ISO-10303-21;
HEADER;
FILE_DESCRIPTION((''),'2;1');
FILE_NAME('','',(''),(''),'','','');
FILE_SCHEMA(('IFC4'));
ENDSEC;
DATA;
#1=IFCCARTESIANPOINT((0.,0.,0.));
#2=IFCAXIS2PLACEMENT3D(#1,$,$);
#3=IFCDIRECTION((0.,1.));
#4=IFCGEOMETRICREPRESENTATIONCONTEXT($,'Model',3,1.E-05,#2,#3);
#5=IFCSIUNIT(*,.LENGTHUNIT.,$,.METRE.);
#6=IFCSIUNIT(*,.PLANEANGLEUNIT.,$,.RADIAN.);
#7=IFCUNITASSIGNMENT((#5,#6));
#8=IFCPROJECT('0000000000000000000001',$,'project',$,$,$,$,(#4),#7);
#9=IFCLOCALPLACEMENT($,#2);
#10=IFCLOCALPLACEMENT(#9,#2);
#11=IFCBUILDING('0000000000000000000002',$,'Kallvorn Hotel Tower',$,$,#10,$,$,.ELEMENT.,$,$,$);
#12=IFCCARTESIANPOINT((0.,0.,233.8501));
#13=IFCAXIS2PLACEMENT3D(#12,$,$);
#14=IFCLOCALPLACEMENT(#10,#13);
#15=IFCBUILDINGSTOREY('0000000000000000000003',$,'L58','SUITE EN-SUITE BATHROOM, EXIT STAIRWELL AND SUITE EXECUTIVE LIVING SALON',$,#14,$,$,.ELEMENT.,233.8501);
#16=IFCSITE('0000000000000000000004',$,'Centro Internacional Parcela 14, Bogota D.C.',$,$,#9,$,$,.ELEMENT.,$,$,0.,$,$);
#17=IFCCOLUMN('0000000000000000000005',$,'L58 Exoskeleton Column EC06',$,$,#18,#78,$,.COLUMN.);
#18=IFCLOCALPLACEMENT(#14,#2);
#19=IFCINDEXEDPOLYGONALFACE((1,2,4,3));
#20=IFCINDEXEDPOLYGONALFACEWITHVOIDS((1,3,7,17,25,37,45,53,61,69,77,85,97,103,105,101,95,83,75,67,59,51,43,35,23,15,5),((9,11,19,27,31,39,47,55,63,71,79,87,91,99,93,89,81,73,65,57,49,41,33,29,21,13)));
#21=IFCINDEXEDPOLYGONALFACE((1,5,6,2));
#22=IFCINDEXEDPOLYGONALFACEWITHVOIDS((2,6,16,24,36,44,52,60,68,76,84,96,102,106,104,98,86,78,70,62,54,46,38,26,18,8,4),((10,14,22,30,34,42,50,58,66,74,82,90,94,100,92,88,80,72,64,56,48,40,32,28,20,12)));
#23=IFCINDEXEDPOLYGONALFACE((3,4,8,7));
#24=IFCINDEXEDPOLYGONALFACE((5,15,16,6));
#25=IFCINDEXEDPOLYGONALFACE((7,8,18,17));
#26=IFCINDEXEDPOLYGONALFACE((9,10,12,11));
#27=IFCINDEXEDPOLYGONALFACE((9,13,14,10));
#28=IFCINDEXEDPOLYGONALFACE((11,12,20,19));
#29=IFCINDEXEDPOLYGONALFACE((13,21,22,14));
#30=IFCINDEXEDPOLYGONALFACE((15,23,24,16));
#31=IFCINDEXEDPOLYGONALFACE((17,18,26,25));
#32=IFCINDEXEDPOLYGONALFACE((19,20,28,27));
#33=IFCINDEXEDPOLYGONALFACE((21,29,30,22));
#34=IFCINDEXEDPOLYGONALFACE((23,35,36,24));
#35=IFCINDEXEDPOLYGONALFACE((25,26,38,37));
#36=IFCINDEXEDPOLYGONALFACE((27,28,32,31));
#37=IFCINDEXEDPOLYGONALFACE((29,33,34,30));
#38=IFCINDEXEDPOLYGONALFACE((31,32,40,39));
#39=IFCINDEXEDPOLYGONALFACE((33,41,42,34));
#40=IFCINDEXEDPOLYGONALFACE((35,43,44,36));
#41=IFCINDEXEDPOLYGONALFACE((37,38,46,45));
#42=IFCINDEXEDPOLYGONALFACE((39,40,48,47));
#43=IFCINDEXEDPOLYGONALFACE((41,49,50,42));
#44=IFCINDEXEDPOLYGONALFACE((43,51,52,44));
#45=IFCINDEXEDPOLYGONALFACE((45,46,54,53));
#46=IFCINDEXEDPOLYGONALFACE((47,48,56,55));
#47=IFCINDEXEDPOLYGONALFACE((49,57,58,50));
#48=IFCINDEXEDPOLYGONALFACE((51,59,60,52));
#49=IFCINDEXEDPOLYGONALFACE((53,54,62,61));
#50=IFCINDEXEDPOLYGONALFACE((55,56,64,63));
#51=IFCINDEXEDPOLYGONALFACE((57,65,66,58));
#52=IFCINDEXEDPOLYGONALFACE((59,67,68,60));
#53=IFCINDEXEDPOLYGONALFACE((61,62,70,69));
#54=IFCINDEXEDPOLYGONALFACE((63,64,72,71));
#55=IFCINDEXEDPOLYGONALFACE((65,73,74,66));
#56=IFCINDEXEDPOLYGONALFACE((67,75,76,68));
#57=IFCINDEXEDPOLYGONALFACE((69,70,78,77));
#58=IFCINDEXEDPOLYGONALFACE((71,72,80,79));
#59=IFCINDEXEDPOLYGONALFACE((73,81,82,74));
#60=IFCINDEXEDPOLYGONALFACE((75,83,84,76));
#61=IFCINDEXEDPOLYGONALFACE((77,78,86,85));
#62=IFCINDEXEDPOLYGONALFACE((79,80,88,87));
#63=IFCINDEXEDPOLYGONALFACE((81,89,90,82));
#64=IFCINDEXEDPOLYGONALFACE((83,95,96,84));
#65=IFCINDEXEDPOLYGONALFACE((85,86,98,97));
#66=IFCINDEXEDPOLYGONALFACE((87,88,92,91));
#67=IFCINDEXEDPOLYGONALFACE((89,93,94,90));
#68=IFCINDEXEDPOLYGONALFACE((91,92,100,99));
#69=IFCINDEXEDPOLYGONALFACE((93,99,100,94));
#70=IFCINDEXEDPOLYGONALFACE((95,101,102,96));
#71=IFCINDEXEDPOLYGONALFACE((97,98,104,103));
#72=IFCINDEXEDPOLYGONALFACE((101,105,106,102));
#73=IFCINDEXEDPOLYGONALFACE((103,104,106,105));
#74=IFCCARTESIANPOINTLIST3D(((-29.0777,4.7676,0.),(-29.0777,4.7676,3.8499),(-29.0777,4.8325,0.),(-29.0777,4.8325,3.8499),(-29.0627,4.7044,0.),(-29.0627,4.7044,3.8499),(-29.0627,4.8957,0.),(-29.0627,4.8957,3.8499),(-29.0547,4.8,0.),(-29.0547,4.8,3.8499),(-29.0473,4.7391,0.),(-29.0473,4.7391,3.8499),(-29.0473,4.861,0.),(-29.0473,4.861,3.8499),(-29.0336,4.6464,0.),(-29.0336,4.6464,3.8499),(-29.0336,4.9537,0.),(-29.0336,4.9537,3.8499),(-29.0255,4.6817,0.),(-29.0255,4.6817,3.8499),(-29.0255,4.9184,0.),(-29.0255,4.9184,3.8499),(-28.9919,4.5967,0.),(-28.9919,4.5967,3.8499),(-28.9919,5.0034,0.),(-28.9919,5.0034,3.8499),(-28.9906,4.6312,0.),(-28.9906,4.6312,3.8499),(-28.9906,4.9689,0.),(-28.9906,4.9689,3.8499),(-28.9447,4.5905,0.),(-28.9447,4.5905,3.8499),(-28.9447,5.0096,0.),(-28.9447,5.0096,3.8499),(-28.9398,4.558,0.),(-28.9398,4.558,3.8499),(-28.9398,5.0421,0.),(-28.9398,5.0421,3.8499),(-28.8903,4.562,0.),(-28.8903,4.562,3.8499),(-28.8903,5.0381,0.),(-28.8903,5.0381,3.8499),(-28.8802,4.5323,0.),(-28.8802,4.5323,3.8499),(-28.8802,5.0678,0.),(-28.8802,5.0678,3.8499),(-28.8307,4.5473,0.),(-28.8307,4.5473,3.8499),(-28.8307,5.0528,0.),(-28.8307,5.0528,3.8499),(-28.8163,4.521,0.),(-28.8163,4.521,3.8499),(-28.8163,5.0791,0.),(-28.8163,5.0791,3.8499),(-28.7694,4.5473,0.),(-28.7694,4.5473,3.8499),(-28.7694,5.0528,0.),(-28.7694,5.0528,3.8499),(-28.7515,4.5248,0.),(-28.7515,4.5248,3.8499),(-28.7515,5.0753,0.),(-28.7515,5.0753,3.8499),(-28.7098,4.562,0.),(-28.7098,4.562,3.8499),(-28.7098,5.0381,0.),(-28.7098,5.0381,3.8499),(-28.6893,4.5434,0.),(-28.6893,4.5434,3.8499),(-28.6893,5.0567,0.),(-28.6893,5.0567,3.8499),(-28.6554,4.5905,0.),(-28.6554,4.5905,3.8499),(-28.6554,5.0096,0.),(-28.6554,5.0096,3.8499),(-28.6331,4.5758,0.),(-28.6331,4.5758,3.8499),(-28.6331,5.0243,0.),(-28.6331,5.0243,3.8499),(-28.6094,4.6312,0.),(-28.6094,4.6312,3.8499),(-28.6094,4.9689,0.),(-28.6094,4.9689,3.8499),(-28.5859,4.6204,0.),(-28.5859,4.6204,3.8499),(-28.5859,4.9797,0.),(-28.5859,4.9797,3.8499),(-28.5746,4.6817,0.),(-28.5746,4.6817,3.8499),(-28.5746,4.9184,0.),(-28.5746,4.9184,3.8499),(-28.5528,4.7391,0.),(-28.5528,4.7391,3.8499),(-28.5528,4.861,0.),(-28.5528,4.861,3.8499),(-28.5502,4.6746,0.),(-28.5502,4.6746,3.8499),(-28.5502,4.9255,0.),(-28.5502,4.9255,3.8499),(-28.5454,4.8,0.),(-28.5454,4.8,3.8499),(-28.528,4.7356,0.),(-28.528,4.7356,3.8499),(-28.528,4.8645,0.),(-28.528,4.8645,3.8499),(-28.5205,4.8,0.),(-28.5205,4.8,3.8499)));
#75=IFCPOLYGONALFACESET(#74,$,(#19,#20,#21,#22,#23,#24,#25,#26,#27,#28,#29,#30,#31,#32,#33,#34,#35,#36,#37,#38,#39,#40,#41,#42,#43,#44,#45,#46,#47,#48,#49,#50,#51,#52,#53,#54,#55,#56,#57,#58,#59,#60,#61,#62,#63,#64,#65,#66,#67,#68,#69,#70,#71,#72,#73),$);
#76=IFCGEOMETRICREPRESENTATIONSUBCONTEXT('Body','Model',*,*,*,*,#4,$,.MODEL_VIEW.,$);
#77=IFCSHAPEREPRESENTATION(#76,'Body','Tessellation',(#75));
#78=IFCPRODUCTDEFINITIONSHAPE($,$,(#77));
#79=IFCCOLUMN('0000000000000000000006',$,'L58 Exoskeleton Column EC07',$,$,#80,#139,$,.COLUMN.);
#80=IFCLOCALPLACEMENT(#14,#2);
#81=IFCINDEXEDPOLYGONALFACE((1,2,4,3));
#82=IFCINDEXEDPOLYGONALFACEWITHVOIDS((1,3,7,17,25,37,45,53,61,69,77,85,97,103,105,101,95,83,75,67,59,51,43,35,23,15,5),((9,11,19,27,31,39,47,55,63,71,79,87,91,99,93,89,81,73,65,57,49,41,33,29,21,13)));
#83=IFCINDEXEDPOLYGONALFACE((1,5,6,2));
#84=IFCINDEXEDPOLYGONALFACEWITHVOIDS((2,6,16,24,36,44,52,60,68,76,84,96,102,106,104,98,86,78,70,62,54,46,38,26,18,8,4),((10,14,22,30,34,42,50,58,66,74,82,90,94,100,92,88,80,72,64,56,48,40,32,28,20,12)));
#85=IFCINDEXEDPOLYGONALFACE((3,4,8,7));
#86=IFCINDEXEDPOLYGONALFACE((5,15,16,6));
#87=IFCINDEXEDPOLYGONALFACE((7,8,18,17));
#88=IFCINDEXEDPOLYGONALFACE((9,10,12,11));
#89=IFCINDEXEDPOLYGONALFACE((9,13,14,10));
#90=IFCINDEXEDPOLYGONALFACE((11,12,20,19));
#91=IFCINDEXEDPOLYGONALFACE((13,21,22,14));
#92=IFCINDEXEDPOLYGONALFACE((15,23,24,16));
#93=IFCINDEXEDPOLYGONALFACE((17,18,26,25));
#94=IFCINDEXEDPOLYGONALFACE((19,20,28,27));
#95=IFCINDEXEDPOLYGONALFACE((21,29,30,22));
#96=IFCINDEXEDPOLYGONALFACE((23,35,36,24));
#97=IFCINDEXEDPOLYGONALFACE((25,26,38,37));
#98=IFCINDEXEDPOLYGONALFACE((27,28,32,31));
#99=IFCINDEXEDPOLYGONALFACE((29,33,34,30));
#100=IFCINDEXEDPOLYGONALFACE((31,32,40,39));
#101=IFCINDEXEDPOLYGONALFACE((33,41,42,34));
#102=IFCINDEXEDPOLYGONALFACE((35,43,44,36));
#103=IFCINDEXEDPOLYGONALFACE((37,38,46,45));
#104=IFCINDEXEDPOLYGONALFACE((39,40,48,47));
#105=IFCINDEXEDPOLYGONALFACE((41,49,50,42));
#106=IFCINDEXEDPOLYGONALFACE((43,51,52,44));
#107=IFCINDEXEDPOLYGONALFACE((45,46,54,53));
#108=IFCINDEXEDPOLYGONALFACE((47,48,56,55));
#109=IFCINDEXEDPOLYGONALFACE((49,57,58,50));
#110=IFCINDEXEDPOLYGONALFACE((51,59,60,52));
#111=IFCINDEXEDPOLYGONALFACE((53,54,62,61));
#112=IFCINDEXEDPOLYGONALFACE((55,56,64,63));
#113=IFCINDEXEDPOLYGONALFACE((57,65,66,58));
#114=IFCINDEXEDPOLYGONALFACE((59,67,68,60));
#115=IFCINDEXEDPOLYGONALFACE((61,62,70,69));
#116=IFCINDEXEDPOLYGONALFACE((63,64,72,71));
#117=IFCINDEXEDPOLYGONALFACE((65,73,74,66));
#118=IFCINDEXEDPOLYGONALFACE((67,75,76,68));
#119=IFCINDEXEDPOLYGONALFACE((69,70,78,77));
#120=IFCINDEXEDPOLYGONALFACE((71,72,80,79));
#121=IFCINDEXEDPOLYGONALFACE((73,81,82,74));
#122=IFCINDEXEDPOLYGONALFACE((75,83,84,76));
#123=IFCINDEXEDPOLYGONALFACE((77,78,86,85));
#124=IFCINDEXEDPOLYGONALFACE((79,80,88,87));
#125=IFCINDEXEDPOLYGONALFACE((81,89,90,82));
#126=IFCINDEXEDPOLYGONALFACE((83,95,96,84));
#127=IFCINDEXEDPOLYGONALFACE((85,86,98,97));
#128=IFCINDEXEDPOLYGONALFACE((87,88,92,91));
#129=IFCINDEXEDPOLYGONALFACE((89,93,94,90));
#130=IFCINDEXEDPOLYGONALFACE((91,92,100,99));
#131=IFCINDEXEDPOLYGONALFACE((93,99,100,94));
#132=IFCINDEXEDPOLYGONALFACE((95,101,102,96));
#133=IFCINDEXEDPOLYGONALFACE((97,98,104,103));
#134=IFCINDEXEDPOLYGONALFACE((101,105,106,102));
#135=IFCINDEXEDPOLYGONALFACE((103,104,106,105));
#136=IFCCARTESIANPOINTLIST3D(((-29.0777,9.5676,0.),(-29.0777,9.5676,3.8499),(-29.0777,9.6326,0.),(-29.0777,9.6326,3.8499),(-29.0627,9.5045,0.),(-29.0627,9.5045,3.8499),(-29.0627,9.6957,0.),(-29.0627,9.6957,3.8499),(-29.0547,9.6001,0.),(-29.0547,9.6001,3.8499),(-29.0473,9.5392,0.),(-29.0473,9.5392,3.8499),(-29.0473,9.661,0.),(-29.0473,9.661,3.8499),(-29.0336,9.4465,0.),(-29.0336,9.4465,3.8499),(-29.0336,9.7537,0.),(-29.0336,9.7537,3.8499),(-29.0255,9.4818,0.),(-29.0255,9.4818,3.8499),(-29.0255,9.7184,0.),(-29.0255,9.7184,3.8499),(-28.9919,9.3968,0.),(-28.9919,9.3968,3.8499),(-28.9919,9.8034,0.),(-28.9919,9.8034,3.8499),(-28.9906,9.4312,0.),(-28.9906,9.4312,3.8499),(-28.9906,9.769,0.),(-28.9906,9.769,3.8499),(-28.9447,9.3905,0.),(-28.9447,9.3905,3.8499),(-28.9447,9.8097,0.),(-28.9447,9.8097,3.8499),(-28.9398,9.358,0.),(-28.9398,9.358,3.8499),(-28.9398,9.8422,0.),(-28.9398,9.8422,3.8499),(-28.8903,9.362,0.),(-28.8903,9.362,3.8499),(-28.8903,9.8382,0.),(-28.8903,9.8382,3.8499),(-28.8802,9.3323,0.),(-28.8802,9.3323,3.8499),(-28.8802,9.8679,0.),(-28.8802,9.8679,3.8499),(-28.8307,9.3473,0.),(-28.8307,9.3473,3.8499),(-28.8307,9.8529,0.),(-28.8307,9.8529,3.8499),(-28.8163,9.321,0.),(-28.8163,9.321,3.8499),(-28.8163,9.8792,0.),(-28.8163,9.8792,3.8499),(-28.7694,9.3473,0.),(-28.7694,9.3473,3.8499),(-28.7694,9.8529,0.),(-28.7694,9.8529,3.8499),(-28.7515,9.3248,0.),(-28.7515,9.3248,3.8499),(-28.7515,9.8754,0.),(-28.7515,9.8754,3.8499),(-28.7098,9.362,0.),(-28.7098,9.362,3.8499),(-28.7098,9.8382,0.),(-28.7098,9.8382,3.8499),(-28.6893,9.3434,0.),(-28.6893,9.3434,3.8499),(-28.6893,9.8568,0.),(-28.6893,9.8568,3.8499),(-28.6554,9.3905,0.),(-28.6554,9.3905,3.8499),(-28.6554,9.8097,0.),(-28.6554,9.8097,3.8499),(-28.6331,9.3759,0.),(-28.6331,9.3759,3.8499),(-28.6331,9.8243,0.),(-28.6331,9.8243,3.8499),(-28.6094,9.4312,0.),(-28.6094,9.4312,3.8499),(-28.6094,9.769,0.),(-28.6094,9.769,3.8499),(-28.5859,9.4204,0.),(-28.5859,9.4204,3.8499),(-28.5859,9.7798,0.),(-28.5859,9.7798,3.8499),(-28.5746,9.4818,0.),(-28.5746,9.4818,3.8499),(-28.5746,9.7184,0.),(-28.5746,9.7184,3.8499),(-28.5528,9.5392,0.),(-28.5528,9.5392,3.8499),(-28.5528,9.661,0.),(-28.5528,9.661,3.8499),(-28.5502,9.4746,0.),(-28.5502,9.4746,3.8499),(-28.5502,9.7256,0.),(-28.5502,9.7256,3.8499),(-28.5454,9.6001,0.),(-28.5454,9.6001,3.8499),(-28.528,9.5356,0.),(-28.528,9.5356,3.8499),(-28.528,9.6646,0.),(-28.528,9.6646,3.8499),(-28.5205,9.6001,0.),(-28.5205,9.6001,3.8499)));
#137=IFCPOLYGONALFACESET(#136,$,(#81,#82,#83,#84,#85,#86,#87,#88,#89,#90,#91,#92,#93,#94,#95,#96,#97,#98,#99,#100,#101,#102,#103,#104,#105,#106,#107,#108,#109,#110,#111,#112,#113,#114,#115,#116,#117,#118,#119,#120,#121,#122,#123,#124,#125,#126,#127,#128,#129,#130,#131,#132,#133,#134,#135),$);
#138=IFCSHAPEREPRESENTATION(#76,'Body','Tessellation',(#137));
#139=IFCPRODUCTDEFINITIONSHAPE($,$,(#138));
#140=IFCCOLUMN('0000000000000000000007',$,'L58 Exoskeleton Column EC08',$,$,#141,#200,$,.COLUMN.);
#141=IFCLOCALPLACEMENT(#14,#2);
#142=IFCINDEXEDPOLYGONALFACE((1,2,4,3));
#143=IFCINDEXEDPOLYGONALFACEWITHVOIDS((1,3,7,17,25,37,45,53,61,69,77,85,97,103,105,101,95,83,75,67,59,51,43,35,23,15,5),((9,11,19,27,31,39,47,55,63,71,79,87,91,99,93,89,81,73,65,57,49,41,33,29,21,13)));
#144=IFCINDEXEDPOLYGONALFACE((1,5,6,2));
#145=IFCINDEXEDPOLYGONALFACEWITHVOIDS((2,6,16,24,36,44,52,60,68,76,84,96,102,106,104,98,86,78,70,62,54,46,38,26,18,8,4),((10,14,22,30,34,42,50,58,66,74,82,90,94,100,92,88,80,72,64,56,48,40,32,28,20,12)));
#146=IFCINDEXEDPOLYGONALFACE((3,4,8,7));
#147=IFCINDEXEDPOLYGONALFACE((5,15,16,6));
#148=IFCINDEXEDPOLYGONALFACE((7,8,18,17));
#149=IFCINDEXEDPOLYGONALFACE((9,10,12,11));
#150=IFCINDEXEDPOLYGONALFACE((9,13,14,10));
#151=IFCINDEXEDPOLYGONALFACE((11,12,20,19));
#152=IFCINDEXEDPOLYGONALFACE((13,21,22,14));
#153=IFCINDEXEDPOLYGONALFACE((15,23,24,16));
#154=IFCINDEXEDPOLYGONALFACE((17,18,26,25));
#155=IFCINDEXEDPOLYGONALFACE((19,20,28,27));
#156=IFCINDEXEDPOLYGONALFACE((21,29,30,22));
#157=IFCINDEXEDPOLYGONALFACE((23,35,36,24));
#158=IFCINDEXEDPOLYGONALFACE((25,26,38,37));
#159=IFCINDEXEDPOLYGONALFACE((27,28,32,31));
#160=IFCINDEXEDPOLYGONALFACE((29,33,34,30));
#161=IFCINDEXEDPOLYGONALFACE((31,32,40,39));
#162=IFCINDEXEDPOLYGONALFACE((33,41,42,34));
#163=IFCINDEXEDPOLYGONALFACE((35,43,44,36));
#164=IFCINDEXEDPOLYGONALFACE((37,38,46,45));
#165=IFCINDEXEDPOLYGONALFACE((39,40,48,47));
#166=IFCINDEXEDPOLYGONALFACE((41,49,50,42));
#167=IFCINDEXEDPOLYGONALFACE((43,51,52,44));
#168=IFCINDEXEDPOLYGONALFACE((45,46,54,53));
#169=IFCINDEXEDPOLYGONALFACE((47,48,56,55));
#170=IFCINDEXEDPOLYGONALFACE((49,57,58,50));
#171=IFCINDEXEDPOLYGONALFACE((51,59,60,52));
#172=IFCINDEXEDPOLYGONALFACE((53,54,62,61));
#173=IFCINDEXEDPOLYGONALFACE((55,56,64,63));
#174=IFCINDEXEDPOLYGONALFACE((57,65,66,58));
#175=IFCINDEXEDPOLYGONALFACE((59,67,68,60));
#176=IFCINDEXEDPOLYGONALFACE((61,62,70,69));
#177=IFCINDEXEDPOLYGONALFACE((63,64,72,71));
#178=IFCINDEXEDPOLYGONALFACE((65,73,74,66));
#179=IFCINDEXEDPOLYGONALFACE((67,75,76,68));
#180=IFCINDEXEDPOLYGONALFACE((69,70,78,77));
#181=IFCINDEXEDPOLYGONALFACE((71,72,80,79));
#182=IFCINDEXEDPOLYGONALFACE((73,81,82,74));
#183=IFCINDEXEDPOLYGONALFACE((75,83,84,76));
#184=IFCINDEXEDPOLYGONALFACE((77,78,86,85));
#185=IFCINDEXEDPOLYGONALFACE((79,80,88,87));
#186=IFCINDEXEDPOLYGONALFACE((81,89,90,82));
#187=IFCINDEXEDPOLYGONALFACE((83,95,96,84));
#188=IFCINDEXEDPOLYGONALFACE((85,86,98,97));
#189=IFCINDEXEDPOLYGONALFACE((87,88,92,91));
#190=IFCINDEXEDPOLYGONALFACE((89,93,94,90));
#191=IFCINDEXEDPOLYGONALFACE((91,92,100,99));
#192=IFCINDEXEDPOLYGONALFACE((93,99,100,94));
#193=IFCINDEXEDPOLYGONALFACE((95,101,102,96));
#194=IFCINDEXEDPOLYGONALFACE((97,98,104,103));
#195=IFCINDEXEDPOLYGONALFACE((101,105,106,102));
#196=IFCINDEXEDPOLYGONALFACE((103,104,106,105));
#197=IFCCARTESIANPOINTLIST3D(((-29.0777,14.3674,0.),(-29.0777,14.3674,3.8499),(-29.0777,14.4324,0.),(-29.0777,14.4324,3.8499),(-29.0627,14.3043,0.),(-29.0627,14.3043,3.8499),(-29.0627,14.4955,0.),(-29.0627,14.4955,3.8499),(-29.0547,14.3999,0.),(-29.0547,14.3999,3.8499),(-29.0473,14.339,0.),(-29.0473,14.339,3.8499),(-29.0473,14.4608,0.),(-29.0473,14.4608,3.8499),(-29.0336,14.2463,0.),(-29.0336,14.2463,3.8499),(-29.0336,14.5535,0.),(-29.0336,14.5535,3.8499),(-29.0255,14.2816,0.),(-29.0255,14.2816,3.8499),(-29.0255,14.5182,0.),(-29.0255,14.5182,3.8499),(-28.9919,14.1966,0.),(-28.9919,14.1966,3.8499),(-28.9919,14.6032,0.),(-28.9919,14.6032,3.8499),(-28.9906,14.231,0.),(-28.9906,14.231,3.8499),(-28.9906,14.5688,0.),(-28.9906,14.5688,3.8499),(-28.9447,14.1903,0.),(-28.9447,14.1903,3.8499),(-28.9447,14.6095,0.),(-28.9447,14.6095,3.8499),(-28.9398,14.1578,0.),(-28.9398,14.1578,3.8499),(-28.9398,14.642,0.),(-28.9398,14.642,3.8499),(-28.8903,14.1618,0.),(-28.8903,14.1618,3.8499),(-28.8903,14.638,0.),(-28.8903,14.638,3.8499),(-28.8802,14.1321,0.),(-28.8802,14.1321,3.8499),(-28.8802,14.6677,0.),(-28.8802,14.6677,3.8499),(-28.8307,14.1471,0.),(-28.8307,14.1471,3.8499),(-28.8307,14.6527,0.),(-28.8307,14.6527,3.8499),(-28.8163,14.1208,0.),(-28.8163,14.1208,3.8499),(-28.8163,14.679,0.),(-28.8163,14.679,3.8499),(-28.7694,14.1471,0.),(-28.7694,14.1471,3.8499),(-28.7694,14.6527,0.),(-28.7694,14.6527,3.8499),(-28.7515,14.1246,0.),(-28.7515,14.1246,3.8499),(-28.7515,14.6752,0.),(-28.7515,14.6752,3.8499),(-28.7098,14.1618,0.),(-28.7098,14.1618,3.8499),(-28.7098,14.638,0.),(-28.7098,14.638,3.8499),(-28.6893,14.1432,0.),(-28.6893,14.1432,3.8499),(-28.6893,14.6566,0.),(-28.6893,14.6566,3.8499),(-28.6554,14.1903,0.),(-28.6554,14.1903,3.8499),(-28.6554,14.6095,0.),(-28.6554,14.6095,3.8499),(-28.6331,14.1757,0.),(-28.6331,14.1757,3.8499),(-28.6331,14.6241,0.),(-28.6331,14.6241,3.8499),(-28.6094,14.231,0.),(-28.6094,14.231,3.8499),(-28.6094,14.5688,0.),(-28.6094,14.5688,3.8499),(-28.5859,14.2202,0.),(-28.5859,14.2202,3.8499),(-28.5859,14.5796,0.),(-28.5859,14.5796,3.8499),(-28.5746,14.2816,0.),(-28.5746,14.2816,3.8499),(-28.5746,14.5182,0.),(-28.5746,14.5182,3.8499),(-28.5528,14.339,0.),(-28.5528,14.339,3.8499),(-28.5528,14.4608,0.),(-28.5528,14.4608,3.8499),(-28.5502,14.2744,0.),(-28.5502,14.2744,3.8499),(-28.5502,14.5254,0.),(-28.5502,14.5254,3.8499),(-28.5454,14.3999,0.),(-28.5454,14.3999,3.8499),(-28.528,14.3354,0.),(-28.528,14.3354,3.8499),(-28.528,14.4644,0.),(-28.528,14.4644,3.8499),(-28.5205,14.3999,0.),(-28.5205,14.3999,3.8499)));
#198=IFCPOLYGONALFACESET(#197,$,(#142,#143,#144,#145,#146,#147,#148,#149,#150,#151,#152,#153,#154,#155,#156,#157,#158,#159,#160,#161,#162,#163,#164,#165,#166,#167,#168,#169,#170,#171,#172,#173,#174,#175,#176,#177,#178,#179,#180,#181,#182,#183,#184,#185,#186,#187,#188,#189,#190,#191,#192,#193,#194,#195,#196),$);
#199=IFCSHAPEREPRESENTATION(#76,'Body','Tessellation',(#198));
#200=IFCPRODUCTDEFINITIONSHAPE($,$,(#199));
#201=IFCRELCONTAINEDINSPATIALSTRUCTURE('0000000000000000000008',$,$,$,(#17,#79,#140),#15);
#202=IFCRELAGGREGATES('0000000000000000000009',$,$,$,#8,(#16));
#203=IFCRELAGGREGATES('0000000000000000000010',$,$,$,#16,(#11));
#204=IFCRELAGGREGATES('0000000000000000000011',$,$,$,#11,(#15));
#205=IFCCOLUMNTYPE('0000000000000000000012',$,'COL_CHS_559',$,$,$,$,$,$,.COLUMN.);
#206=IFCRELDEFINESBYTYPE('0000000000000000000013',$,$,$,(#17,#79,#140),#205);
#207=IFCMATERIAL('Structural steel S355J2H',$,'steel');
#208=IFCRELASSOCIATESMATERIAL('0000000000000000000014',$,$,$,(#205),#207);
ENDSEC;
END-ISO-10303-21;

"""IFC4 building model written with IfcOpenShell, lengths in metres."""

from ifc_helpers import new_model, si_unit, direction, frame, origin, origin_2d, place, context, subcontext, project, spatial, hollow_circle, extrude, material, material_profile, profile_set, type_object, element, save


model = new_model("IFC4")

# Units and contexts
model_context = context("Model", 3, precision=1e-05, world=origin(), true_north=direction((0.0, 1.0)))
body_context = subcontext(model_context, "Body", "Model", "MODEL_VIEW")
ifc_project = project(units=[si_unit("LENGTHUNIT", "METRE"), si_unit("PLANEANGLEUNIT", "RADIAN")], contexts=[model_context])

# Site, building, storey
site_placement = place(None, origin())
site = spatial("IfcSite", under=ifc_project, at=site_placement, Name="Centro Internacional Parcela 14, Bogota D.C.", CompositionType="ELEMENT", RefElevation=0.0)
building_placement = place(site_placement, origin())
building = spatial("IfcBuilding", under=site, at=building_placement, Name="Kallvorn Hotel Tower", CompositionType="ELEMENT")
storey_placement = place(building_placement, frame((0.0, 0.0, 233.8501)))
storey = spatial("IfcBuildingStorey", under=building, at=storey_placement, Name="L58", Description="SUITE EN-SUITE BATHROOM, EXIT STAIRWELL AND SUITE EXECUTIVE LIVING SALON", CompositionType="ELEMENT", Elevation=233.8501)

# Columns
ifc_material_1 = material(Name="Structural steel S355J2H", Category="steel")
ifc_material_profile_1 = material_profile(ifc_material_1, hollow_circle(Radius=0.2795, WallThickness=0.0249, at=origin_2d()), Name="CHS 559x25")
ifc_profile_set_1 = profile_set([ifc_material_profile_1], Name="Structural steel S355J2H")
column_type_1 = type_object("IfcColumnType", Name="COL_CHS_559", PredefinedType="COLUMN", material=ifc_profile_set_1)
for number, where, z_axis, x_axis, name in (
    (1, (-28.8, 4.8, 0.0), (0.0, 0.0, 1.0), (1.0, 0.0, 0.0), "L58 Exoskeleton Column EC06"),
    (2, (-28.8, 9.6001, 0.0), (0.0, 0.0, 1.0), (1.0, 0.0, 0.0), "L58 Exoskeleton Column EC07"),
    (3, (-28.8, 14.3999, 0.0), (0.0, 0.0, 1.0), (1.0, 0.0, 0.0), "L58 Exoskeleton Column EC08"),
):
    element("IfcColumn", number, at=place(storey_placement, frame(where, z_axis=z_axis, x_axis=x_axis)), inside=storey, type_object=column_type_1, Name=name, PredefinedType="COLUMN", context=body_context, shape_type="SweptSolid", body=[
        extrude(hollow_circle(Radius=0.2795, WallThickness=0.0249, at=origin_2d()), origin(), (0.0, 0.0, 1.0), 3.8499),
    ])

save(model, "model.ifc")
